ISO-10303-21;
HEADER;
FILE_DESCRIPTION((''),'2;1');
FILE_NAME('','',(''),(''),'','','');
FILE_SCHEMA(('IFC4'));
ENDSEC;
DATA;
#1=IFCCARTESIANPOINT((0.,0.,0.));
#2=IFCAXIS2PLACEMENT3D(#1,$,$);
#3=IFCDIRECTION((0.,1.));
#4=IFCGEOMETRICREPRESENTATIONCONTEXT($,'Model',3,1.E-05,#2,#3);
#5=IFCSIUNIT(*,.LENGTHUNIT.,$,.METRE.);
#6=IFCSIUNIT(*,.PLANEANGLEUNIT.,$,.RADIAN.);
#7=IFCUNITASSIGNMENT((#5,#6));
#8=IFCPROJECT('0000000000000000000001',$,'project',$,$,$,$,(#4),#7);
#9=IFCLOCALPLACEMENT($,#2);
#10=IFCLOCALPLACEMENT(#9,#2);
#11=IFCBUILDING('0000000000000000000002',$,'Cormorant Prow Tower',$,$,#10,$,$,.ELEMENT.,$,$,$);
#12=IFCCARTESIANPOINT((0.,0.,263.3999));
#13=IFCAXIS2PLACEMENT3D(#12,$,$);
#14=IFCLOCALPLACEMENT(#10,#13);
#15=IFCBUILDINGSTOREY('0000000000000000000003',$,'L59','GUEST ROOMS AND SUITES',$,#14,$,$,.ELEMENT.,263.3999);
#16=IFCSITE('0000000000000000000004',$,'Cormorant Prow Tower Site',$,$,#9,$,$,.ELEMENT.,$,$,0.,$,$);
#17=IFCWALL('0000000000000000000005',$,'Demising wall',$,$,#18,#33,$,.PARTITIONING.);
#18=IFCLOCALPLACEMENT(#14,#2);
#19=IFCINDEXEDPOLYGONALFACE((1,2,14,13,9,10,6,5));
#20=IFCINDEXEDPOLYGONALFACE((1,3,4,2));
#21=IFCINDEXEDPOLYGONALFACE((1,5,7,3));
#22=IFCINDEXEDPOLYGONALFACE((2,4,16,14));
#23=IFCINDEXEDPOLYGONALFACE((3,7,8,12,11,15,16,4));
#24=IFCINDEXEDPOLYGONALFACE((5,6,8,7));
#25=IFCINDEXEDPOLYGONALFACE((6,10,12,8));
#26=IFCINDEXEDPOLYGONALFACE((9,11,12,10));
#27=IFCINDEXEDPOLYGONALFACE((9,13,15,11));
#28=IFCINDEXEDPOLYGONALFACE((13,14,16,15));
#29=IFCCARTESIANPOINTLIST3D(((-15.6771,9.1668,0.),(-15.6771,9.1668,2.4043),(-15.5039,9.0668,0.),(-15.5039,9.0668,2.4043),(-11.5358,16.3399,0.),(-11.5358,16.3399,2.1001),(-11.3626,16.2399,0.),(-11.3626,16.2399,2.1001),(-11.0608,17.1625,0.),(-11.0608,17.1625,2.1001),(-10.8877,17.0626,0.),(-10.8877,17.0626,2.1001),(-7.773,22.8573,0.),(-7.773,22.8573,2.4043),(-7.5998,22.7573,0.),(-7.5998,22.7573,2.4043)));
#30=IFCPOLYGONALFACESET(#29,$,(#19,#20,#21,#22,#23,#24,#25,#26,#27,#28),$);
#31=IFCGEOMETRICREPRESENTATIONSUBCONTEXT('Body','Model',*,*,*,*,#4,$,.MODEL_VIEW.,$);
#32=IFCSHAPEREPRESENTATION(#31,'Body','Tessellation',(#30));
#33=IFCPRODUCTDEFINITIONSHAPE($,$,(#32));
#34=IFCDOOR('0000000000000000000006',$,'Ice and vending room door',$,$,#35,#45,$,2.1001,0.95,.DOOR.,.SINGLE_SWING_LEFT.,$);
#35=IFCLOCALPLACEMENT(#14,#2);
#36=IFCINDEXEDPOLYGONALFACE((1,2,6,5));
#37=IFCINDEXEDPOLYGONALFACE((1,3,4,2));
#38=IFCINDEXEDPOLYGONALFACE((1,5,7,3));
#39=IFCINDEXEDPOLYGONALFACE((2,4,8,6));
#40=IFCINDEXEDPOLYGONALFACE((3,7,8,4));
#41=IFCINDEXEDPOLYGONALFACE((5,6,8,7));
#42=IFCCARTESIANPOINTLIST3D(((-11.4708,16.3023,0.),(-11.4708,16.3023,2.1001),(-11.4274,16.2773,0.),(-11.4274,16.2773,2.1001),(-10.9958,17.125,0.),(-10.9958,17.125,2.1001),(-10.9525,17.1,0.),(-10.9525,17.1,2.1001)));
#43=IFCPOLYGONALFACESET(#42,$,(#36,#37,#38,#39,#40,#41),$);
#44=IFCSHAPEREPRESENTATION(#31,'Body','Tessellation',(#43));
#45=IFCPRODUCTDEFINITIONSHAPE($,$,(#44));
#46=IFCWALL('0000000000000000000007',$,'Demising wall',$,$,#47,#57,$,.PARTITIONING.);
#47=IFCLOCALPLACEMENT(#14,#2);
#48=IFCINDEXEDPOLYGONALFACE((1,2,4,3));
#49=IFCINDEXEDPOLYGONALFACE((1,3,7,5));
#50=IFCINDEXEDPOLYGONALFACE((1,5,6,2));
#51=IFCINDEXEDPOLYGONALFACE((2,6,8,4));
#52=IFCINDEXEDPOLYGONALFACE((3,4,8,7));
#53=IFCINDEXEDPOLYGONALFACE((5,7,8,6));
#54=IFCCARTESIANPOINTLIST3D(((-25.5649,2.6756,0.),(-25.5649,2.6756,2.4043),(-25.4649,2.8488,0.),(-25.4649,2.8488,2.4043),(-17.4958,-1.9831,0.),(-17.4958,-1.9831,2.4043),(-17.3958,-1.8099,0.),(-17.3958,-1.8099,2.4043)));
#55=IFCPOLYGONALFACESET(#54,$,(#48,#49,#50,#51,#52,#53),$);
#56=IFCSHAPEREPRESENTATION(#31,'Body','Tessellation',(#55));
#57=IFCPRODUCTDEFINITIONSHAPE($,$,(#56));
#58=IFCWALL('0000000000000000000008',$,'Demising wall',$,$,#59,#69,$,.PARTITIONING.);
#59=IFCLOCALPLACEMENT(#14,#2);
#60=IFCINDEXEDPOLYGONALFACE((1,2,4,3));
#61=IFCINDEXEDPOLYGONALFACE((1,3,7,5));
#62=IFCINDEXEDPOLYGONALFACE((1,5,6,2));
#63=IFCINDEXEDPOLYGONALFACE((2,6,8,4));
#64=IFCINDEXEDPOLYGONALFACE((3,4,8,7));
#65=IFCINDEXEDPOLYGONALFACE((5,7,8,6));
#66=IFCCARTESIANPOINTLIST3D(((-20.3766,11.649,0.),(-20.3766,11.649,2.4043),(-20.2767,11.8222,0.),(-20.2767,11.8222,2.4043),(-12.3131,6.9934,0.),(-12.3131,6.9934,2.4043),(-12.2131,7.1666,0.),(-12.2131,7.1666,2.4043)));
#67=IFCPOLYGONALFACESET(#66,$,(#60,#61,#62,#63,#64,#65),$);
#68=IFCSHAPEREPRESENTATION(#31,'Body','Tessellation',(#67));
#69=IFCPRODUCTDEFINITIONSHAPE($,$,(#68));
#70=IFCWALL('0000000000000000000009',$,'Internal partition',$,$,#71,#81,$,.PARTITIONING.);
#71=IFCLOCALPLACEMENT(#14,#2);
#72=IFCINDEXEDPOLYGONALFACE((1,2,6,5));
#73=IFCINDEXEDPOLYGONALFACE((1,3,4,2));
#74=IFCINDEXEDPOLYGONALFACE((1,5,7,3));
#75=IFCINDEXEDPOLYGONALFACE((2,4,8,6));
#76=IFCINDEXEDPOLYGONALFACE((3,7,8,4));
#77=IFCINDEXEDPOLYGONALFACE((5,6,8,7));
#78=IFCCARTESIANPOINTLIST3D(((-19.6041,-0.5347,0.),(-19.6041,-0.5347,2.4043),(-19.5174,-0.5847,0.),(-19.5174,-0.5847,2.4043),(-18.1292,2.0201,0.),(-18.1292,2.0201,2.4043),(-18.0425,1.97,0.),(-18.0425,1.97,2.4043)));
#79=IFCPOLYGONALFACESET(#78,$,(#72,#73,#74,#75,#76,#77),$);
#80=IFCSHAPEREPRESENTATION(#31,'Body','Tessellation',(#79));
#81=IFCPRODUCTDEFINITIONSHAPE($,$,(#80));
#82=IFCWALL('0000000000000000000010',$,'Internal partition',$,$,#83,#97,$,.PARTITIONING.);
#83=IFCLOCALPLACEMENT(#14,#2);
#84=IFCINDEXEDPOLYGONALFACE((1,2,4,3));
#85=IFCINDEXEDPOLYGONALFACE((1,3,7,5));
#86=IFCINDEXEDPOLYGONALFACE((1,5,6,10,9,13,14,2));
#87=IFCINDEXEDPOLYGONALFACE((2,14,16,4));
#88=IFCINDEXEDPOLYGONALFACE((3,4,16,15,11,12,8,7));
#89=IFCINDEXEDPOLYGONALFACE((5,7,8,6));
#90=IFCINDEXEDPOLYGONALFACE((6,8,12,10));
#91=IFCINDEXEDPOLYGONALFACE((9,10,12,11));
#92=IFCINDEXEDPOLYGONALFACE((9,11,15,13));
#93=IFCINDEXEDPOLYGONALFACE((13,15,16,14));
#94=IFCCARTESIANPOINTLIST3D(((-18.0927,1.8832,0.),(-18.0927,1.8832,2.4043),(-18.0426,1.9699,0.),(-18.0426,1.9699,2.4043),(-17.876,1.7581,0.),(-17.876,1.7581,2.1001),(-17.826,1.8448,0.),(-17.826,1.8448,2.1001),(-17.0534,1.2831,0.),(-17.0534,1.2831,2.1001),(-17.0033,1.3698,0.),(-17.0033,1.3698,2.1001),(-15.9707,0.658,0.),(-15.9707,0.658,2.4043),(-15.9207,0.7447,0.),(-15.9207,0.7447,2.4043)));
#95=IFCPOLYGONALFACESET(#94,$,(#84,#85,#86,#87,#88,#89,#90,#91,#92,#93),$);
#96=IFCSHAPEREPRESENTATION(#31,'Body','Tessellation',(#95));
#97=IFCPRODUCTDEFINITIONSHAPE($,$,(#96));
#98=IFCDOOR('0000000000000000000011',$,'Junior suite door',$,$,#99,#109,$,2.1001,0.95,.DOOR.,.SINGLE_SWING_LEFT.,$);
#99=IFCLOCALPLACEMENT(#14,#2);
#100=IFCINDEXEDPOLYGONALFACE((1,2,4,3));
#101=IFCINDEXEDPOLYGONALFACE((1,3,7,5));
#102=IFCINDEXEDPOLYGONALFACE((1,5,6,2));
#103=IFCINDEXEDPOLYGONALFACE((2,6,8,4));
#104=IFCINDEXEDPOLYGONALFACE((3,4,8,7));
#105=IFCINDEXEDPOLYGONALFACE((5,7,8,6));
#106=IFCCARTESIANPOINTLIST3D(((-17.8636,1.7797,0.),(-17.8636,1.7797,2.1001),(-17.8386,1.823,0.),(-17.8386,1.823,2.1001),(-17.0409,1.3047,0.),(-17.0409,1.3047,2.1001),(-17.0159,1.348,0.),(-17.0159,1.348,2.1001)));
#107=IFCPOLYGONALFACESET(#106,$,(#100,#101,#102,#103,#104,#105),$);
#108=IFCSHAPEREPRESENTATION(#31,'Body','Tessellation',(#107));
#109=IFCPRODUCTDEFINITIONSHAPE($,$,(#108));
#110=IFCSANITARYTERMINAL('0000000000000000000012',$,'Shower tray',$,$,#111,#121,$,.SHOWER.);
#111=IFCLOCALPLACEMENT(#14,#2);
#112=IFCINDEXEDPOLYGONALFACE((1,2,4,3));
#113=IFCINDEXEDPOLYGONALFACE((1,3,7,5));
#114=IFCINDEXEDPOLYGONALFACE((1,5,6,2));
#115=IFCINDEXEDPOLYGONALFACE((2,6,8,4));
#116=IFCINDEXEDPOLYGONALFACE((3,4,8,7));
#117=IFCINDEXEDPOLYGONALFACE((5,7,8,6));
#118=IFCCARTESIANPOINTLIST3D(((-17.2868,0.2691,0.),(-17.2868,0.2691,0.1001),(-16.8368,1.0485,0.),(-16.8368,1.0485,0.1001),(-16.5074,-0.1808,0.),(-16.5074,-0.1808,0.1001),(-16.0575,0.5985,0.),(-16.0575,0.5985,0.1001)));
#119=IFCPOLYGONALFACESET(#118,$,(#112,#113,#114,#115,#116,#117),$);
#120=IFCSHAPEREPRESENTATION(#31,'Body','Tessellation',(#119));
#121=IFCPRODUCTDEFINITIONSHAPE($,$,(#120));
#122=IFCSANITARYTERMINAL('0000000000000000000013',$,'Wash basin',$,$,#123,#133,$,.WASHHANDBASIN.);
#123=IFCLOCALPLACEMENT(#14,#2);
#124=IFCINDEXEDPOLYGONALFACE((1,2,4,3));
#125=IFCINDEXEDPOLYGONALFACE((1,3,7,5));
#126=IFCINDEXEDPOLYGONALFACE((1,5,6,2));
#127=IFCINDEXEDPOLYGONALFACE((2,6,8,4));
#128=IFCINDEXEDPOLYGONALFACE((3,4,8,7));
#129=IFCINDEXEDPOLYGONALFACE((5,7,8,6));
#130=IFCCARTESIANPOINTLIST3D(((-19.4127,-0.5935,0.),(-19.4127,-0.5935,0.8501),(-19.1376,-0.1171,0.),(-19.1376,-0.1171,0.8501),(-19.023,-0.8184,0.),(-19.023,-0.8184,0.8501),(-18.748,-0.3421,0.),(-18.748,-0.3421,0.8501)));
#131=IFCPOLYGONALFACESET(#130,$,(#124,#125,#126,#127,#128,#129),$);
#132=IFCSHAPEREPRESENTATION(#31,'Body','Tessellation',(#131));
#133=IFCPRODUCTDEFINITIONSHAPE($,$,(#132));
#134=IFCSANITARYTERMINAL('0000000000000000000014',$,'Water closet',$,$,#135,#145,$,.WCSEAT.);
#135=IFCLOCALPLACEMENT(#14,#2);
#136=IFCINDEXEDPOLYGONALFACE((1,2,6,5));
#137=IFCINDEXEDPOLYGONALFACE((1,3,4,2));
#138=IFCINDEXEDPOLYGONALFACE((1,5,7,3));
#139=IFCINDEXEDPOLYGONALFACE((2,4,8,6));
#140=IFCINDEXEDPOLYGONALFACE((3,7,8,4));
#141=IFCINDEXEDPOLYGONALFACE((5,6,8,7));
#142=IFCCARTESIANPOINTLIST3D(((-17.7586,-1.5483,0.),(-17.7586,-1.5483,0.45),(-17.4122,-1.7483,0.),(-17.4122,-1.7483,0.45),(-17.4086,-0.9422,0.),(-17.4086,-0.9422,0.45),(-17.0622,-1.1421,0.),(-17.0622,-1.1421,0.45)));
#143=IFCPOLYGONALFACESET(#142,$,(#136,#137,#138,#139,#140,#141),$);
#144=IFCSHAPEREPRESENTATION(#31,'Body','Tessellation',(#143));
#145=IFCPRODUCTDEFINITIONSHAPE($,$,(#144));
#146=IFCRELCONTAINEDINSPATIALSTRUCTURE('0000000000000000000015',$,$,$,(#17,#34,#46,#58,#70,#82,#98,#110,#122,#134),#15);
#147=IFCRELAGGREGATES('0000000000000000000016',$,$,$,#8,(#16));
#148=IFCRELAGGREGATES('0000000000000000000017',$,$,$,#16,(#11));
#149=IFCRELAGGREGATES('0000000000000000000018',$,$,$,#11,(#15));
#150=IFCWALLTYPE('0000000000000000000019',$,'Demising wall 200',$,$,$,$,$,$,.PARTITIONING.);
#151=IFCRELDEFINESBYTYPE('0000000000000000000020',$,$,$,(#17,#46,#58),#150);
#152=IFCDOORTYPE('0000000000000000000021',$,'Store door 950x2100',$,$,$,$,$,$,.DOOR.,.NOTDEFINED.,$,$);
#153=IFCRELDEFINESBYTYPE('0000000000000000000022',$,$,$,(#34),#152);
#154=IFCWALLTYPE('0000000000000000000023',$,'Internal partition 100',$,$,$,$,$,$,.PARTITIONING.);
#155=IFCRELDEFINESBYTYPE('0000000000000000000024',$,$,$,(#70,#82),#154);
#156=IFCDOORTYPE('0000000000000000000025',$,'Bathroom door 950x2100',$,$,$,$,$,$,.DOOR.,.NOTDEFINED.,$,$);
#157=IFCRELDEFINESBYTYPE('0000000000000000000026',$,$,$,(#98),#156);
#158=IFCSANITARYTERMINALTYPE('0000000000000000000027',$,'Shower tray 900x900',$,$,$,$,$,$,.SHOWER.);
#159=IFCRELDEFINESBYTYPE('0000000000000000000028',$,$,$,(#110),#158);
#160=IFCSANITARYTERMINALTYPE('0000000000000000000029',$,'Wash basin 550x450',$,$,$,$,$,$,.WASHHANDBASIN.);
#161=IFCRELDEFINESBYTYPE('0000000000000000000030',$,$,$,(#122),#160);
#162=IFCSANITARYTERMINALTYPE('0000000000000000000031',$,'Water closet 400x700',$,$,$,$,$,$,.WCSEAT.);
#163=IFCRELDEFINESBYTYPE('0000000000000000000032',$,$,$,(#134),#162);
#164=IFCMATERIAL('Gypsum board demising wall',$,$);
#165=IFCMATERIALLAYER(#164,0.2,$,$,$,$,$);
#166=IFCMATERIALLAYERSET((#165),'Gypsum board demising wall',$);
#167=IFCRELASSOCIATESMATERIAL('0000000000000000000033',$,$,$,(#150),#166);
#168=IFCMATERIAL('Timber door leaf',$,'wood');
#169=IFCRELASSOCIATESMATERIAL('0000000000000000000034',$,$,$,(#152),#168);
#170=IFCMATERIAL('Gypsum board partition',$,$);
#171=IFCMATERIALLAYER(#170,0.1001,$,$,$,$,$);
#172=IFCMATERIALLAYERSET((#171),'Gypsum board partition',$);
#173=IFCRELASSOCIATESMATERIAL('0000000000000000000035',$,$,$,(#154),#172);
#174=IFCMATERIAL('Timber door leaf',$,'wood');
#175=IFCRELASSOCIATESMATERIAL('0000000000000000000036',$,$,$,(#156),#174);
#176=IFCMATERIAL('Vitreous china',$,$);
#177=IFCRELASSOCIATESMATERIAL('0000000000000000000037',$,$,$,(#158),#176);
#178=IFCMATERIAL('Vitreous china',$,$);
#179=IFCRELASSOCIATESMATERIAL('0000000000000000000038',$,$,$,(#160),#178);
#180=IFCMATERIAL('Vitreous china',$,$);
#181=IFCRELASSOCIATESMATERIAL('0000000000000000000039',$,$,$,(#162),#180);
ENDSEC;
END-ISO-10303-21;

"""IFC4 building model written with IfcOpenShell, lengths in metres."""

from ifc_helpers import new_model, si_unit, direction, frame, frame_2d, origin, origin_2d, place, context, subcontext, project, spatial, rectangle, extrude, material, layer, layer_set, type_object, element, fill, save


model = new_model("IFC4")

# Units and contexts
model_context = context("Model", 3, precision=1e-05, world=origin(), true_north=direction((0.0, 1.0)))
body_context = subcontext(model_context, "Body", "Model", "MODEL_VIEW")
ifc_project = project(units=[si_unit("LENGTHUNIT", "METRE"), si_unit("PLANEANGLEUNIT", "RADIAN")], contexts=[model_context])

# Site, building, storey
site_placement = place(None, origin())
site = spatial("IfcSite", under=ifc_project, at=site_placement, Name="Cormorant Prow Tower Site", CompositionType="ELEMENT", RefElevation=0.0)
building_placement = place(site_placement, origin())
building = spatial("IfcBuilding", under=site, at=building_placement, Name="Cormorant Prow Tower", CompositionType="ELEMENT")
storey_placement = place(building_placement, frame((0.0, 0.0, 263.3999)))
storey = spatial("IfcBuildingStorey", under=building, at=storey_placement, Name="L59", Description="GUEST ROOMS AND SUITES", CompositionType="ELEMENT", Elevation=263.3999)

# Wall, opening, door
ifc_material_1 = material(Name="Gypsum board demising wall")
ifc_layer_1 = layer(ifc_material_1, 0.2)
ifc_layer_set_1 = layer_set([ifc_layer_1], Name="Gypsum board demising wall")
wall_type_1 = type_object("IfcWallType", Name="Demising wall 200", PredefinedType="PARTITIONING", material=ifc_layer_set_1)
wall_1_placement = place(storey_placement, frame((-15.5906, 9.1167, 0.0), z_axis=(0.0, 0.0, 1.0), x_axis=(0.499994, 0.866029, 0.0)))
wall_1 = element("IfcWall", 1, at=wall_1_placement, inside=storey, type_object=wall_type_1, Name="Demising wall", PredefinedType="PARTITIONING", context=body_context, shape_type="SweptSolid", body=[
    extrude(rectangle(XDim=15.8083, YDim=0.2, at=frame_2d((7.9043, 0.0))), origin(), (0.0, 0.0, 1.0), 2.4043),
])
opening_1_placement = place(wall_1_placement, frame((8.2827, 0.0, 0.0)))
opening_1 = element("IfcOpeningElement", 2, at=opening_1_placement, cuts=wall_1, PredefinedType="OPENING", context=body_context, shape_type="SweptSolid", body=[
    extrude(rectangle(XDim=0.95, YDim=2.1001, at=frame_2d((0.4751, 1.05))), frame((0.0, 0.1099, 0.0), z_axis=(0.0, -1.0, 0.0), x_axis=(1.0, 0.0, 0.0)), (0.0, 0.0, 1.0), 0.22),
])
ifc_material_2 = material(Name="Timber door leaf", Category="wood")
door_type_1 = type_object("IfcDoorType", Name="Store door 950x2100", OperationType="NOTDEFINED", PredefinedType="DOOR", material=ifc_material_2)
door_1_placement = place(opening_1_placement, origin())
door_1 = element("IfcDoor", 3, at=door_1_placement, inside=storey, type_object=door_type_1, Name="Ice and vending room door", OperationType="SINGLE_SWING_LEFT", OverallHeight=2.1001, OverallWidth=0.95, PredefinedType="DOOR", context=body_context, shape_type="SweptSolid", body=[
    extrude(rectangle(XDim=0.95, YDim=2.1001, at=frame_2d((0.4751, 1.05))), frame((0.0, 0.0249, 0.0), z_axis=(0.0, -1.0, 0.0), x_axis=(1.0, 0.0, 0.0)), (0.0, 0.0, 1.0), 0.05),
])
fill(opening_1, door_1)

# Walls
wall_2_placement = place(storey_placement, frame((-25.5149, 2.7622, 0.0), z_axis=(0.0, 0.0, 1.0), x_axis=(0.866025, -0.5, 0.0)))
element("IfcWall", 4, at=wall_2_placement, inside=storey, type_object=wall_type_1, Name="Demising wall", PredefinedType="PARTITIONING", context=body_context, shape_type="SweptSolid", body=[
    extrude(rectangle(XDim=9.3174, YDim=0.2, at=frame_2d((4.6587, 0.0))), origin(), (0.0, 0.0, 1.0), 2.4043),
])
wall_3_placement = place(storey_placement, frame((-20.3267, 11.7356, 0.0), z_axis=(0.0, 0.0, 1.0), x_axis=(0.866022, -0.500005, 0.0)))
element("IfcWall", 5, at=wall_3_placement, inside=storey, type_object=wall_type_1, Name="Demising wall", PredefinedType="PARTITIONING", context=body_context, shape_type="SweptSolid", body=[
    extrude(rectangle(XDim=9.311, YDim=0.2, at=frame_2d((4.6555, 0.0))), origin(), (0.0, 0.0, 1.0), 2.4043),
])
ifc_material_3 = material(Name="Gypsum board partition")
ifc_layer_2 = layer(ifc_material_3, 0.1001)
ifc_layer_set_2 = layer_set([ifc_layer_2], Name="Gypsum board partition")
wall_type_2 = type_object("IfcWallType", Name="Internal partition 100", PredefinedType="PARTITIONING", material=ifc_layer_set_2)
wall_4_placement = place(storey_placement, frame((-19.5608, -0.5598, 0.0), z_axis=(0.0, 0.0, 1.0), x_axis=(0.499976, 0.866039, 0.0)))
element("IfcWall", 6, at=wall_4_placement, inside=storey, type_object=wall_type_2, Name="Internal partition", PredefinedType="PARTITIONING", context=body_context, shape_type="SweptSolid", body=[
    extrude(rectangle(XDim=2.95, YDim=0.1001, at=frame_2d((1.4751, 0.0))), origin(), (0.0, 0.0, 1.0), 2.4043),
])

# Wall, opening, door
wall_5_placement = place(storey_placement, frame((-18.0676, 1.9265, 0.0), z_axis=(0.0, 0.0, 1.0), x_axis=(0.866015, -0.500019, 0.0)))
wall_5 = element("IfcWall", 7, at=wall_5_placement, inside=storey, type_object=wall_type_2, Name="Internal partition", PredefinedType="PARTITIONING", context=body_context, shape_type="SweptSolid", body=[
    extrude(rectangle(XDim=2.4502, YDim=0.1001, at=frame_2d((1.2251, 0.0))), origin(), (0.0, 0.0, 1.0), 2.4043),
])
opening_2_placement = place(wall_5_placement, frame((0.25, 0.0, 0.0)))
opening_2 = element("IfcOpeningElement", 8, at=opening_2_placement, cuts=wall_5, PredefinedType="OPENING", context=body_context, shape_type="SweptSolid", body=[
    extrude(rectangle(XDim=0.95, YDim=2.1001, at=frame_2d((0.4751, 1.05))), frame((0.0, 0.0601, 0.0), z_axis=(0.0, -1.0, 0.0), x_axis=(1.0, 0.0, 0.0)), (0.0, 0.0, 1.0), 0.1201),
])
ifc_material_4 = material(Name="Timber door leaf", Category="wood")
door_type_2 = type_object("IfcDoorType", Name="Bathroom door 950x2100", OperationType="NOTDEFINED", PredefinedType="DOOR", material=ifc_material_4)
door_2_placement = place(opening_2_placement, origin())
door_2 = element("IfcDoor", 9, at=door_2_placement, inside=storey, type_object=door_type_2, Name="Junior suite door", OperationType="SINGLE_SWING_LEFT", OverallHeight=2.1001, OverallWidth=0.95, PredefinedType="DOOR", context=body_context, shape_type="SweptSolid", body=[
    extrude(rectangle(XDim=0.95, YDim=2.1001, at=frame_2d((0.4751, 1.05))), frame((0.0, 0.0249, 0.0), z_axis=(0.0, -1.0, 0.0), x_axis=(1.0, 0.0, 0.0)), (0.0, 0.0, 1.0), 0.05),
])
fill(opening_2, door_2)

# Sanitary terminals
ifc_material_5 = material(Name="Vitreous china")
sanitary_terminal_type_1 = type_object("IfcSanitaryTerminalType", Name="Shower tray 900x900", PredefinedType="SHOWER", material=ifc_material_5)
sanitary_terminal_1_placement = place(storey_placement, frame((-16.6721, 0.4338, 0.0), z_axis=(0.0, 0.0, 1.0), x_axis=(-0.5, -0.866025, 0.0)))
element("IfcSanitaryTerminal", 10, at=sanitary_terminal_1_placement, inside=storey, type_object=sanitary_terminal_type_1, Name="Shower tray", PredefinedType="SHOWER", context=body_context, shape_type="SweptSolid", body=[
    extrude(rectangle(XDim=0.8999, YDim=0.8999, at=origin_2d()), origin(), (0.0, 0.0, 1.0), 0.1001),
])
ifc_material_6 = material(Name="Vitreous china")
sanitary_terminal_type_2 = type_object("IfcSanitaryTerminalType", Name="Wash basin 550x450", PredefinedType="WASHHANDBASIN", material=ifc_material_6)
sanitary_terminal_2_placement = place(storey_placement, frame((-19.0803, -0.4678, 0.0), z_axis=(0.0, 0.0, 1.0), x_axis=(0.5, 0.866025, 0.0)))
element("IfcSanitaryTerminal", 11, at=sanitary_terminal_2_placement, inside=storey, type_object=sanitary_terminal_type_2, Name="Wash basin", PredefinedType="WASHHANDBASIN", context=body_context, shape_type="SweptSolid", body=[
    extrude(rectangle(XDim=0.55, YDim=0.45, at=origin_2d()), origin(), (0.0, 0.0, 1.0), 0.8501),
])
ifc_material_7 = material(Name="Vitreous china")
sanitary_terminal_type_3 = type_object("IfcSanitaryTerminalType", Name="Water closet 400x700", PredefinedType="WCSEAT", material=ifc_material_7)
sanitary_terminal_3_placement = place(storey_placement, frame((-17.4104, -1.3452, 0.0), z_axis=(0.0, 0.0, 1.0), x_axis=(-0.866025, 0.5, 0.0)))
element("IfcSanitaryTerminal", 12, at=sanitary_terminal_3_placement, inside=storey, type_object=sanitary_terminal_type_3, Name="Water closet", PredefinedType="WCSEAT", context=body_context, shape_type="SweptSolid", body=[
    extrude(rectangle(XDim=0.3999, YDim=0.7, at=origin_2d()), origin(), (0.0, 0.0, 1.0), 0.45),
])

save(model, "model.ifc")
